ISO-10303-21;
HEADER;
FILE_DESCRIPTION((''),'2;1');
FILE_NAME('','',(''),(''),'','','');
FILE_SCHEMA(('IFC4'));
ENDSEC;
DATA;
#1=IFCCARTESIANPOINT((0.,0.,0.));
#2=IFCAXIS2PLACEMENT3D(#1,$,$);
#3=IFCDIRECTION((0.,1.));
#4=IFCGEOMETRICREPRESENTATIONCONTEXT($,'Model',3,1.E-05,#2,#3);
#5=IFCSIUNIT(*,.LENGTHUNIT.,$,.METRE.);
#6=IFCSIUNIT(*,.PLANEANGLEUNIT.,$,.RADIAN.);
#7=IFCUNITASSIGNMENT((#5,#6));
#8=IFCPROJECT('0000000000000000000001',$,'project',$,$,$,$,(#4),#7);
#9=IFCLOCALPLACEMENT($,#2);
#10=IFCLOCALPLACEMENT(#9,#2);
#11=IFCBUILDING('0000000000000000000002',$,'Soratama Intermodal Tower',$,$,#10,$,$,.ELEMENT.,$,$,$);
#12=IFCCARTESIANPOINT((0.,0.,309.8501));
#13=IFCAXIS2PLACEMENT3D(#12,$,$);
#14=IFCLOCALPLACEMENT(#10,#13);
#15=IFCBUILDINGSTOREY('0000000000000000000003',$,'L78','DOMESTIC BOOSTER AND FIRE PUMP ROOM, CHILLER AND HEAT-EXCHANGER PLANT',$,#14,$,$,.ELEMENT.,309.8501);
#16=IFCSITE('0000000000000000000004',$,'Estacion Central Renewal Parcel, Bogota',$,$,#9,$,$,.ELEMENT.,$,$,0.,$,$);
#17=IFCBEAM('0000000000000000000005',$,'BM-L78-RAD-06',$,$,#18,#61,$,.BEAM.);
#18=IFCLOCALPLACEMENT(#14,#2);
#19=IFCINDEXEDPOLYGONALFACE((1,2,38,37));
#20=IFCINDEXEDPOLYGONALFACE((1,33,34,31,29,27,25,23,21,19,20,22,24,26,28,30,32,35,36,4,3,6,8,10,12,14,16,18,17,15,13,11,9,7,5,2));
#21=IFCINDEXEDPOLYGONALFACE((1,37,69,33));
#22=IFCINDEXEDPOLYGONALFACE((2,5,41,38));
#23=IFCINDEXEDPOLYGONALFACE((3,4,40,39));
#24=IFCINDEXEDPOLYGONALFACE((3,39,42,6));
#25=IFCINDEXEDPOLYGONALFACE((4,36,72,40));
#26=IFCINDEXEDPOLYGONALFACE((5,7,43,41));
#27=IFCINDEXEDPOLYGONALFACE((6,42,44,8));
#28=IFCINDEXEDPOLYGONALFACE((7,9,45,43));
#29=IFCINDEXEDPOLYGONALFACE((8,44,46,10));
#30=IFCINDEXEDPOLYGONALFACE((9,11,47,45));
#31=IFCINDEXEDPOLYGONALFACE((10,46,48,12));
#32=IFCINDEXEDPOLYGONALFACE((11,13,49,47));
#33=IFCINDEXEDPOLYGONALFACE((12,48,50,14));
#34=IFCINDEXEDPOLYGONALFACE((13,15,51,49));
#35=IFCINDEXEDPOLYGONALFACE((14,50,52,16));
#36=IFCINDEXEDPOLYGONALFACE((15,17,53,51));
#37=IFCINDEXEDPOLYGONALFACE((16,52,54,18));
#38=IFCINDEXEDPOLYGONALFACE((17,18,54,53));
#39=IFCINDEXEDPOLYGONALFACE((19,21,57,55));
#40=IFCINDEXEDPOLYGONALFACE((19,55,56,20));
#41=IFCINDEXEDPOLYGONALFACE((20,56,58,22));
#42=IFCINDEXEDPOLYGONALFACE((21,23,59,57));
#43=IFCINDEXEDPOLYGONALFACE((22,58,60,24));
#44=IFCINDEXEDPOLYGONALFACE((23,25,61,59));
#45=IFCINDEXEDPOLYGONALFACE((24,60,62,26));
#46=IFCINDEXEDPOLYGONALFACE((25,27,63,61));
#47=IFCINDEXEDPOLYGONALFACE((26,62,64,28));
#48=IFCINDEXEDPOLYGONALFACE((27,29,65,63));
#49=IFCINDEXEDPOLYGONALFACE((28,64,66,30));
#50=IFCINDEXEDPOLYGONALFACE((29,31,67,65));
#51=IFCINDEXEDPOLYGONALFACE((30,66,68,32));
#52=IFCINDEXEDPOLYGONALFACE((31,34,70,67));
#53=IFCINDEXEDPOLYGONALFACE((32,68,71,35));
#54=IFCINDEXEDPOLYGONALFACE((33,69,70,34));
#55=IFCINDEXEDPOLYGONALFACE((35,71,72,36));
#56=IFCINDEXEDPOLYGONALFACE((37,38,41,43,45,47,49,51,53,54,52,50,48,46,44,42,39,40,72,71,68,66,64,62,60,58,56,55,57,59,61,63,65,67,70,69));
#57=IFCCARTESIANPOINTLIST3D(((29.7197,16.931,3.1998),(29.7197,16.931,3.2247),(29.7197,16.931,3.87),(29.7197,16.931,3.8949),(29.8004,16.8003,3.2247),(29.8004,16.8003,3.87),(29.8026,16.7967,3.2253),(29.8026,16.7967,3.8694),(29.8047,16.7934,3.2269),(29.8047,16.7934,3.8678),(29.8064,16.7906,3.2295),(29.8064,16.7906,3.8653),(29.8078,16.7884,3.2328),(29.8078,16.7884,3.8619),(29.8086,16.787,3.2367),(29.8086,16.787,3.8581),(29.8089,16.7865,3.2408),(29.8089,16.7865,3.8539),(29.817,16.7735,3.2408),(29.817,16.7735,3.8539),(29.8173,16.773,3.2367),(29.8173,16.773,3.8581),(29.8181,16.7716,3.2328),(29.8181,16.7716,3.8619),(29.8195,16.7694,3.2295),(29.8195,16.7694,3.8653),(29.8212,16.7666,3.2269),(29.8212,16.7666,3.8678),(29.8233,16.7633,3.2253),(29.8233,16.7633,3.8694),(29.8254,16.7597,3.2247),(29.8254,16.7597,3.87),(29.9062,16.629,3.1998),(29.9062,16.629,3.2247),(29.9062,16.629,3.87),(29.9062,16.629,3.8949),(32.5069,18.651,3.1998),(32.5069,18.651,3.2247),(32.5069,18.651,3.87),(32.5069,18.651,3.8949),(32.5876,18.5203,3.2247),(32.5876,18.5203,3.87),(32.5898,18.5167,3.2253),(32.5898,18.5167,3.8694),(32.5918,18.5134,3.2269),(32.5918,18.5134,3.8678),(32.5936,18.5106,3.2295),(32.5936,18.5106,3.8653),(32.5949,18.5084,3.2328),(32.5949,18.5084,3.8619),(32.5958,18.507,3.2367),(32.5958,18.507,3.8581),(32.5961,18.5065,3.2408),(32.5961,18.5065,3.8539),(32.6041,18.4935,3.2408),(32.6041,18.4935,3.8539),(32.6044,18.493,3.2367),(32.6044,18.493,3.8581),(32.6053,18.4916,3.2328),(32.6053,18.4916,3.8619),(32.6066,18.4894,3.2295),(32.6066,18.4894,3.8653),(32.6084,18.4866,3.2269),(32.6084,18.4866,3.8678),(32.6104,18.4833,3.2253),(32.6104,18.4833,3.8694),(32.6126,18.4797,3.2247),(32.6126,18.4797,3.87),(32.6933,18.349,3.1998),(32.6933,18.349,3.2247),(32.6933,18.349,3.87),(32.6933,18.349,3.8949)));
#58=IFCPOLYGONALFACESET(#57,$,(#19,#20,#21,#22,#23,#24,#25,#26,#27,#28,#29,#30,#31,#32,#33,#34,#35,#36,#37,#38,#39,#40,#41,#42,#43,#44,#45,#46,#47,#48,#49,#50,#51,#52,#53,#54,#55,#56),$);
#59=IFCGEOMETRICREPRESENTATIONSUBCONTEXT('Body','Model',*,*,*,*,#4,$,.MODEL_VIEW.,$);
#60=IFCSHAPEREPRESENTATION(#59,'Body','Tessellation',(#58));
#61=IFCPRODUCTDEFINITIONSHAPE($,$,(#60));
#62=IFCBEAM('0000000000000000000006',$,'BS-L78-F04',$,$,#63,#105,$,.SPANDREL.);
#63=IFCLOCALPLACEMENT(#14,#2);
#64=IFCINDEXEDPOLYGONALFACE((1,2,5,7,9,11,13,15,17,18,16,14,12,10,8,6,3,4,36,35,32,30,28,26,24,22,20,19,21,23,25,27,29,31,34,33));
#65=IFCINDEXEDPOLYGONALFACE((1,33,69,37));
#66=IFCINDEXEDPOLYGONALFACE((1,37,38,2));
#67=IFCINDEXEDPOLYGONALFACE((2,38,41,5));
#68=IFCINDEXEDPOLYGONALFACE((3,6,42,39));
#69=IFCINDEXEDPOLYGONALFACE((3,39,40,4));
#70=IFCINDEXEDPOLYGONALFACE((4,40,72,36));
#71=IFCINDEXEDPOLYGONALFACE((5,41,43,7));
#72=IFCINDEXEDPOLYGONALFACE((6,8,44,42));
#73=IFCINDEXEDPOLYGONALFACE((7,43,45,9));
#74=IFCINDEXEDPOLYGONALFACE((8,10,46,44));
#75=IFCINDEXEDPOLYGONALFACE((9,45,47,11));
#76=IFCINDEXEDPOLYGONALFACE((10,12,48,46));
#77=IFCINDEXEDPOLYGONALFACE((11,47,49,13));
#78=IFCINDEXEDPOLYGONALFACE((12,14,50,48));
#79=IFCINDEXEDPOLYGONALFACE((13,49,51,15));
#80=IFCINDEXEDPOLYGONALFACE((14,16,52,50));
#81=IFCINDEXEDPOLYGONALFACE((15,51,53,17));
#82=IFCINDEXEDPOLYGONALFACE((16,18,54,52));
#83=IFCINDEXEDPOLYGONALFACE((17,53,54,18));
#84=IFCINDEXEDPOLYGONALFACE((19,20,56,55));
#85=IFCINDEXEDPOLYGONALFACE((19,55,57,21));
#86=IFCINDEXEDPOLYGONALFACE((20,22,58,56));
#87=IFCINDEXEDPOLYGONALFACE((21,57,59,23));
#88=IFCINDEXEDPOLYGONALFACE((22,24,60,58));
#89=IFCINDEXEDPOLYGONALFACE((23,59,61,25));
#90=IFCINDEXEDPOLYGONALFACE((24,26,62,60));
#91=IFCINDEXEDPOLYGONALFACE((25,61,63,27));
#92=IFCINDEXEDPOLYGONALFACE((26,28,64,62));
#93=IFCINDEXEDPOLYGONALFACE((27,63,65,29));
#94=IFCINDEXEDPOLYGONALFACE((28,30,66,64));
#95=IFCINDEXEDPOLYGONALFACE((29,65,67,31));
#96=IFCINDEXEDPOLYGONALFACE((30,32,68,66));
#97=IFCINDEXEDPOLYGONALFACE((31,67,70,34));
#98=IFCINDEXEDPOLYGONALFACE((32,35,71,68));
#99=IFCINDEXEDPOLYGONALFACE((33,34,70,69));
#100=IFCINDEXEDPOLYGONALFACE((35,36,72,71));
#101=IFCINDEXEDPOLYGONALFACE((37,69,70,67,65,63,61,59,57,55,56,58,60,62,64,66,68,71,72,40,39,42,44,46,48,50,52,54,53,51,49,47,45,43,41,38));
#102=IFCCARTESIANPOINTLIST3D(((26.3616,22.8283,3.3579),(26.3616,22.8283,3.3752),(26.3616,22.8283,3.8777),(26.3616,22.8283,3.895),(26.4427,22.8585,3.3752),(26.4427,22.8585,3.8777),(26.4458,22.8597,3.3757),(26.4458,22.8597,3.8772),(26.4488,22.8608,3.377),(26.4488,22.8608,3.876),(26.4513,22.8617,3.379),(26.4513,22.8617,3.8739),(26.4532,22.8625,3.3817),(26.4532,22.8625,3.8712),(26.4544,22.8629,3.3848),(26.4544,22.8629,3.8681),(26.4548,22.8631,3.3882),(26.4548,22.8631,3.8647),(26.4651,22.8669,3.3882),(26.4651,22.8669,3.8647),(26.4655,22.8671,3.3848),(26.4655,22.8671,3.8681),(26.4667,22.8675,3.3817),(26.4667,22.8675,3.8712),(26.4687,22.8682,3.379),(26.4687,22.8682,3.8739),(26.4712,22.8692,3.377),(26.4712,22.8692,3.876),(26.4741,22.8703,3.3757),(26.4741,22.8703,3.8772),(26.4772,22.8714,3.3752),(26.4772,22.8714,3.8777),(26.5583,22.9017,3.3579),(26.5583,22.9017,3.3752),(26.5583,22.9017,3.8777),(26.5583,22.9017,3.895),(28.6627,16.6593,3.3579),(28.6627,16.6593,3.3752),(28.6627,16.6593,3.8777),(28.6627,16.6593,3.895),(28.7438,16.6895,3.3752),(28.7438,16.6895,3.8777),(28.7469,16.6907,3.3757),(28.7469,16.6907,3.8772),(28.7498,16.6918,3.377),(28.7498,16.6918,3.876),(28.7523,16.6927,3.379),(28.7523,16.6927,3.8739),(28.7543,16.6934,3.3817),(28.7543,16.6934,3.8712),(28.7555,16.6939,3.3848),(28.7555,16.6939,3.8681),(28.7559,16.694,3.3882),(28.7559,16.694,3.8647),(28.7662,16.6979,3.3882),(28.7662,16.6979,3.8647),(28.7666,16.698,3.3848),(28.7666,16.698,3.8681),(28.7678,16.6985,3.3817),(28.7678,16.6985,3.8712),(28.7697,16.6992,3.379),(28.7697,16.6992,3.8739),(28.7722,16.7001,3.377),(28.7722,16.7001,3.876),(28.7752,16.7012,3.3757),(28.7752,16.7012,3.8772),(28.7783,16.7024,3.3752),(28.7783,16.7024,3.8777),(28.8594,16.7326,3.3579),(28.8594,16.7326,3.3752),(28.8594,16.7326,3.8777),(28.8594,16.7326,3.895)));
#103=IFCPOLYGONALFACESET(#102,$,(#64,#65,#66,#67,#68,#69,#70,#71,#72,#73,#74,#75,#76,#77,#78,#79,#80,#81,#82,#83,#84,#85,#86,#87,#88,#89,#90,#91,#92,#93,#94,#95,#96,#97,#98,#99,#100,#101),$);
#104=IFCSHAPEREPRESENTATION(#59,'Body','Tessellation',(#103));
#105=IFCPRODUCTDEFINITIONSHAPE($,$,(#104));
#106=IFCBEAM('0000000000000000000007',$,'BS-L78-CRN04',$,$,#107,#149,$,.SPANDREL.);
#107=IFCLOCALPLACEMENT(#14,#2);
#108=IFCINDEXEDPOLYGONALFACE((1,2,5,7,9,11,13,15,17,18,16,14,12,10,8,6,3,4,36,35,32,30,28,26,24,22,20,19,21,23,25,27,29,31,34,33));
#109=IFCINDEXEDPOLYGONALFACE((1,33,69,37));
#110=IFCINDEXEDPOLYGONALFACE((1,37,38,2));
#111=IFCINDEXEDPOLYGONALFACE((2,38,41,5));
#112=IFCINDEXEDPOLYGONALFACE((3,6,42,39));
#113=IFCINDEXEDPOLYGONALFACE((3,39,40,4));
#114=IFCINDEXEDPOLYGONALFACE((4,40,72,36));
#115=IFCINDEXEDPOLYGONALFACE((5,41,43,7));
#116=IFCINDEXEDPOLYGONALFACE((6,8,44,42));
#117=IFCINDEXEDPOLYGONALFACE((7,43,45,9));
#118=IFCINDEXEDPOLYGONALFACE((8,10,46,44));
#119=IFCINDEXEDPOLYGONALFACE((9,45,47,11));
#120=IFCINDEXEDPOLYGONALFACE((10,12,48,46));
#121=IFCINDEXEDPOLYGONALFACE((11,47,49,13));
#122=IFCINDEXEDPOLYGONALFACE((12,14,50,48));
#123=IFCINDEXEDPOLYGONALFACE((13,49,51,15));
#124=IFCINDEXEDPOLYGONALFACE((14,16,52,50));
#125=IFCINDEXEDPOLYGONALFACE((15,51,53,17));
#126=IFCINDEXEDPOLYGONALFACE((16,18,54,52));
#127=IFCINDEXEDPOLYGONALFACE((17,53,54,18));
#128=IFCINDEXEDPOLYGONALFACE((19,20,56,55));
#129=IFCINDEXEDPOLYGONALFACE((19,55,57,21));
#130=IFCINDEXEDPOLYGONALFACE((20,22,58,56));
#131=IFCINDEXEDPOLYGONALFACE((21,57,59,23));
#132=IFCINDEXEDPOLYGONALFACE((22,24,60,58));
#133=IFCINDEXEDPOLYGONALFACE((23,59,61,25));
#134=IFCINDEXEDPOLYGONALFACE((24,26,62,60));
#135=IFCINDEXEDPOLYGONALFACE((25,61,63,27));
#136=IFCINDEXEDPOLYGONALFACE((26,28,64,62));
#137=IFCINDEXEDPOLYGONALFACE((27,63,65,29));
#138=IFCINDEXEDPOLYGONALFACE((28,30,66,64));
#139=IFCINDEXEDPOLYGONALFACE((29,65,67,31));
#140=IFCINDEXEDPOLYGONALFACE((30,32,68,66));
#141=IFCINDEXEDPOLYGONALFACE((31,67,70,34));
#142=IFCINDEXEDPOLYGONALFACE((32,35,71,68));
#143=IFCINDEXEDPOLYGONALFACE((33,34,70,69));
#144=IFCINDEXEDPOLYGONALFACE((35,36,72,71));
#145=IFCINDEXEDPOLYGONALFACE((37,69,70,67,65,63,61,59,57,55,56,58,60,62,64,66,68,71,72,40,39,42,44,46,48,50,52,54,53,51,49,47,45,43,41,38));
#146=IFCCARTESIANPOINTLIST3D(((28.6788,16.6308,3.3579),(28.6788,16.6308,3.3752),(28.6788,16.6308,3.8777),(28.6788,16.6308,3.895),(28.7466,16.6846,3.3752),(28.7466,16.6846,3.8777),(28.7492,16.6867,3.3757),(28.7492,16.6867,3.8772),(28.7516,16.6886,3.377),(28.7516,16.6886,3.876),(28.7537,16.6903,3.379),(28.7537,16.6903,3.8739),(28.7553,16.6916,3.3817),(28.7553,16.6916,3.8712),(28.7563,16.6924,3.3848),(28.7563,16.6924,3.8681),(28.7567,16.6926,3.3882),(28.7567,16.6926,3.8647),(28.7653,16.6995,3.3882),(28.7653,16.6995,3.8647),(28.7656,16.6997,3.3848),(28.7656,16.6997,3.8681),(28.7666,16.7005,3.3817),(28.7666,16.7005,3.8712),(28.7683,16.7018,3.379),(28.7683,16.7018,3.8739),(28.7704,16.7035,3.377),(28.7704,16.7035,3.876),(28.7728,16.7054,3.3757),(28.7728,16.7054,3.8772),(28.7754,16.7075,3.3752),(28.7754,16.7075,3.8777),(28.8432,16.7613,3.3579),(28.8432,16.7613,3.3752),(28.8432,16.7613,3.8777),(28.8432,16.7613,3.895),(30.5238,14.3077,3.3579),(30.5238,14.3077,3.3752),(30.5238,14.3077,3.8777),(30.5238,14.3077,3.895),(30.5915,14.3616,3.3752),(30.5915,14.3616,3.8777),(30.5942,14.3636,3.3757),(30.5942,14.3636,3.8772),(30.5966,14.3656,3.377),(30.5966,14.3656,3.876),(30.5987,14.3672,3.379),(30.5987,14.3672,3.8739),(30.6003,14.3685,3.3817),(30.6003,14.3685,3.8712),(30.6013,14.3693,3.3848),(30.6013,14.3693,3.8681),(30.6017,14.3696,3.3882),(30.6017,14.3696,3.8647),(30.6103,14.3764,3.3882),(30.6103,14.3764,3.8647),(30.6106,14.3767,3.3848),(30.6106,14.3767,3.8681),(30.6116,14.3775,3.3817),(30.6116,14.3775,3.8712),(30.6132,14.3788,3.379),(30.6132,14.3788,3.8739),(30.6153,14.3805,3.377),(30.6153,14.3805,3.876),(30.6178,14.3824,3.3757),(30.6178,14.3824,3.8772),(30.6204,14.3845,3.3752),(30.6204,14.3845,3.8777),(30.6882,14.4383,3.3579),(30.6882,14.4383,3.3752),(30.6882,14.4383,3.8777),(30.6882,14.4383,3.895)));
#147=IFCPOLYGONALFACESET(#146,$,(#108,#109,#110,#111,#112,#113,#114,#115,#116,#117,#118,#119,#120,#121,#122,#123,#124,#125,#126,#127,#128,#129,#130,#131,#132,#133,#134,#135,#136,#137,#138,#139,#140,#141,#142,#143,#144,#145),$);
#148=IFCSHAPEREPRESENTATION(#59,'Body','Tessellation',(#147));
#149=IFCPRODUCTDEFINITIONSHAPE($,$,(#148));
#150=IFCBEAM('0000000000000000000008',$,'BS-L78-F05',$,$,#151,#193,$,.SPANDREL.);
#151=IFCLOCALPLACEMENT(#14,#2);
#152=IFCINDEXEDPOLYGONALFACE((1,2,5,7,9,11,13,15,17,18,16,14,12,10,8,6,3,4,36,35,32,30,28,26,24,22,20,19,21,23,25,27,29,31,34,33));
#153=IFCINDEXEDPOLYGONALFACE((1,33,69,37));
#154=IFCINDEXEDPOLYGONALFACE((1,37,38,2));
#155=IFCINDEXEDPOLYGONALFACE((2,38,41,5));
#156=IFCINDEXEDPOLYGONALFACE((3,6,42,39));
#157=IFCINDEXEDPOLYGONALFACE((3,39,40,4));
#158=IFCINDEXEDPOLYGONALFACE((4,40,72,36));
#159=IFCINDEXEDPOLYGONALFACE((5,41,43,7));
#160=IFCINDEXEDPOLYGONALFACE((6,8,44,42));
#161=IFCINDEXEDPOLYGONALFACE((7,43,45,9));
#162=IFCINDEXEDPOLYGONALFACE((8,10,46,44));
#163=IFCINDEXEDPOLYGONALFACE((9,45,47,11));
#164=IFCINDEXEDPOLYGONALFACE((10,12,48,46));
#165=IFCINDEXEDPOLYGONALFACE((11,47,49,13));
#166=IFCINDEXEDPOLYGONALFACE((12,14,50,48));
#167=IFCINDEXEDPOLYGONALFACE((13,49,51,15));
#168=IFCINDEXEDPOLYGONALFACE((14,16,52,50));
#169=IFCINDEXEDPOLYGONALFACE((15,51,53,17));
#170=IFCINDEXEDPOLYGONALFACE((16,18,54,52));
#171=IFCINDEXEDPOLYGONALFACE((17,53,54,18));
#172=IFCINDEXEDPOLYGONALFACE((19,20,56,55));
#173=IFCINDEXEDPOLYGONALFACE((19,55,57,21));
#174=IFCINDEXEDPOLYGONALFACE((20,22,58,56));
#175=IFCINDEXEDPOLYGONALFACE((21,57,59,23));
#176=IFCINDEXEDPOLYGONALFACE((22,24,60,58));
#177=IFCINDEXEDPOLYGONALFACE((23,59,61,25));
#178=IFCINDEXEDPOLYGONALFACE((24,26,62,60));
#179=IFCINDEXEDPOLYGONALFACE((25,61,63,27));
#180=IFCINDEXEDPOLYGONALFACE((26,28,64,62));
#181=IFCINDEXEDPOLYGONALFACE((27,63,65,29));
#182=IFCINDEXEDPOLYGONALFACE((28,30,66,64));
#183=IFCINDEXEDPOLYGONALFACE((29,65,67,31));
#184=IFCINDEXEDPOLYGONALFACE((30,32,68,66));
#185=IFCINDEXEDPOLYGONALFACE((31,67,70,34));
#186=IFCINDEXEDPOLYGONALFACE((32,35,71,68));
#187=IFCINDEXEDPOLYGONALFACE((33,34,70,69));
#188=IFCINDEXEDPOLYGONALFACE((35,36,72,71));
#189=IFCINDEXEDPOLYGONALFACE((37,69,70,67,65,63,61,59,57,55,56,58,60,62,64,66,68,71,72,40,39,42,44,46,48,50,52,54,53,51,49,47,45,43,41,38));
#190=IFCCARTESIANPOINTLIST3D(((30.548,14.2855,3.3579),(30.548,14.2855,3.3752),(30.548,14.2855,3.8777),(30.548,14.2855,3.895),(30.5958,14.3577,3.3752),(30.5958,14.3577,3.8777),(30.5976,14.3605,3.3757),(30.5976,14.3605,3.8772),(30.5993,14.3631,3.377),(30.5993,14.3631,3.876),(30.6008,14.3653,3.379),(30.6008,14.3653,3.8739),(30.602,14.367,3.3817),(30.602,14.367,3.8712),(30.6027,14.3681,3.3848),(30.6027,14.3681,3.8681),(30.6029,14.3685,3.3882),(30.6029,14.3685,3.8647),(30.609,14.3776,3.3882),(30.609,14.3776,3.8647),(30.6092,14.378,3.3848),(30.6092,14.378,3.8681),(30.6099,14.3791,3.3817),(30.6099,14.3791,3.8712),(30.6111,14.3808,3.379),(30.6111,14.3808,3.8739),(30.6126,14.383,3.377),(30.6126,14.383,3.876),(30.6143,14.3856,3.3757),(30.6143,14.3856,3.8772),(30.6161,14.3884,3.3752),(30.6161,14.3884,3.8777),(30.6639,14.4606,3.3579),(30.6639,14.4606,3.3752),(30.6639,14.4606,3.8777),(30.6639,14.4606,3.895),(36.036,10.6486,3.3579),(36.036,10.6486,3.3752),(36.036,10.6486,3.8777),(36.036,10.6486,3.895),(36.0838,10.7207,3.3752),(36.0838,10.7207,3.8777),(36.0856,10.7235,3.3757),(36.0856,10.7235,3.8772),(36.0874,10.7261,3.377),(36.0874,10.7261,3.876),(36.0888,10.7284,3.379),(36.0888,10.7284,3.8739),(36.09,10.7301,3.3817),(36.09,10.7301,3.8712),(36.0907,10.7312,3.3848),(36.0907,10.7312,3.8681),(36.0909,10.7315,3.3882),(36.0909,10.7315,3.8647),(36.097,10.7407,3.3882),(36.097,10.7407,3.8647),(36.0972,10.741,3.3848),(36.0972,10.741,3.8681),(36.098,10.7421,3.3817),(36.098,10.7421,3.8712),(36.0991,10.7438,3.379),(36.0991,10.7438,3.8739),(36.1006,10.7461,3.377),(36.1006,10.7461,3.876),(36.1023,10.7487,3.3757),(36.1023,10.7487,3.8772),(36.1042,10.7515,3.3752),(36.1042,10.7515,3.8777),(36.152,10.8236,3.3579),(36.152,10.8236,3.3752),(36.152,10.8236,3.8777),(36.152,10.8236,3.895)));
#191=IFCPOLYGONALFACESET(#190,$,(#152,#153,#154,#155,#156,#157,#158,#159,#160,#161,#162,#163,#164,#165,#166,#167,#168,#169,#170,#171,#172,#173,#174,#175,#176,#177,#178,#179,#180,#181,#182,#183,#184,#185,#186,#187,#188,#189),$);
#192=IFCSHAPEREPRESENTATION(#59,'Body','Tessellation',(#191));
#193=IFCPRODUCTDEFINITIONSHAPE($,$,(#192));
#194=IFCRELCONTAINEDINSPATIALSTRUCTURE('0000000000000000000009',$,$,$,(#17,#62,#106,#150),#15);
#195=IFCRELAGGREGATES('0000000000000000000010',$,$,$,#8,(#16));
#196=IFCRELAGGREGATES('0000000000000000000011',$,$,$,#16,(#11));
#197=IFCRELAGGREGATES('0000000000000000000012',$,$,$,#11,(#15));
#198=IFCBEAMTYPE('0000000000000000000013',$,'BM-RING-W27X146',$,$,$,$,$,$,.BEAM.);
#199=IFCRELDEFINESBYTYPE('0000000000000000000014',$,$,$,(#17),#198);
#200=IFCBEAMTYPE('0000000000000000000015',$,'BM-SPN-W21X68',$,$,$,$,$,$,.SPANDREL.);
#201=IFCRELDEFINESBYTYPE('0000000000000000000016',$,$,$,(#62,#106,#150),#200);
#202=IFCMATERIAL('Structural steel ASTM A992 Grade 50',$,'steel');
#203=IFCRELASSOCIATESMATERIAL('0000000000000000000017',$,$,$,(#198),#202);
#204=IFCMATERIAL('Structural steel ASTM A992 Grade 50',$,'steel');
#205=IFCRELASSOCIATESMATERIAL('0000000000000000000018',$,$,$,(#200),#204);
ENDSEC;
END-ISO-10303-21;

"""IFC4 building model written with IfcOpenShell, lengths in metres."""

from ifc_helpers import new_model, si_unit, direction, frame, origin, origin_2d, place, context, subcontext, project, spatial, i_section, extrude, material, material_profile, profile_set, type_object, element, save


model = new_model("IFC4")

# Units and contexts
model_context = context("Model", 3, precision=1e-05, world=origin(), true_north=direction((0.0, 1.0)))
body_context = subcontext(model_context, "Body", "Model", "MODEL_VIEW")
ifc_project = project(units=[si_unit("LENGTHUNIT", "METRE"), si_unit("PLANEANGLEUNIT", "RADIAN")], contexts=[model_context])

# Site, building, storey
site_placement = place(None, origin())
site = spatial("IfcSite", under=ifc_project, at=site_placement, Name="Estacion Central Renewal Parcel, Bogota", CompositionType="ELEMENT", RefElevation=0.0)
building_placement = place(site_placement, origin())
building = spatial("IfcBuilding", under=site, at=building_placement, Name="Soratama Intermodal Tower", CompositionType="ELEMENT")
storey_placement = place(building_placement, frame((0.0, 0.0, 309.8501)))
storey = spatial("IfcBuildingStorey", under=building, at=storey_placement, Name="L78", Description="DOMESTIC BOOSTER AND FIRE PUMP ROOM, CHILLER AND HEAT-EXCHANGER PLANT", CompositionType="ELEMENT", Elevation=309.8501)

# Beams
ifc_material_1 = material(Name="Structural steel ASTM A992 Grade 50", Category="steel")
ifc_material_profile_1 = material_profile(ifc_material_1, i_section(OverallWidth=0.355, OverallDepth=0.6951, WebThickness=0.0154, FlangeThickness=0.0249, FilletRadius=0.0161, at=origin_2d()), Name="W27X146")
ifc_profile_set_1 = profile_set([ifc_material_profile_1], Name="Structural steel ASTM A992 Grade 50")
beam_type_1 = type_object("IfcBeamType", Name="BM-RING-W27X146", PredefinedType="BEAM", material=ifc_profile_set_1)
beam_1_placement = place(storey_placement, frame((32.6001, 18.5, 3.5474), z_axis=(-0.851, -0.525166, 0.0), x_axis=(0.525166, -0.851, 0.0)))
element("IfcBeam", 1, at=beam_1_placement, inside=storey, type_object=beam_type_1, Name="BM-L78-RAD-06", PredefinedType="BEAM", context=body_context, shape_type="SweptSolid", body=[
    extrude(i_section(OverallWidth=0.355, OverallDepth=0.6951, WebThickness=0.0154, FlangeThickness=0.0249, FilletRadius=0.0161, at=origin_2d()), origin(), (0.0, 0.0, 1.0), 3.2751),
])
ifc_material_2 = material(Name="Structural steel ASTM A992 Grade 50", Category="steel")
ifc_material_profile_2 = material_profile(ifc_material_2, i_section(OverallWidth=0.21, OverallDepth=0.5371, WebThickness=0.011, FlangeThickness=0.0173, FilletRadius=0.0129, at=origin_2d()), Name="W21X68")
ifc_profile_set_2 = profile_set([ifc_material_profile_2], Name="Structural steel ASTM A992 Grade 50")
beam_type_2 = type_object("IfcBeamType", Name="BM-SPN-W21X68", PredefinedType="SPANDREL", material=ifc_profile_set_2)
beam_2_placement = place(storey_placement, frame((26.46, 22.865, 3.6265), z_axis=(0.349481, -0.936943, 0.0), x_axis=(0.936943, 0.349481, 0.0)))
element("IfcBeam", 2, at=beam_2_placement, inside=storey, type_object=beam_type_2, Name="BS-L78-F04", PredefinedType="SPANDREL", context=body_context, shape_type="SweptSolid", body=[
    extrude(i_section(OverallWidth=0.21, OverallDepth=0.5371, WebThickness=0.011, FlangeThickness=0.0173, FilletRadius=0.0129, at=origin_2d()), origin(), (0.0, 0.0, 1.0), 6.5842),
])
beam_3_placement = place(storey_placement, frame((28.761, 16.696, 3.6265), z_axis=(0.621931, -0.783072, 0.0), x_axis=(0.783072, 0.621931, 0.0)))
element("IfcBeam", 3, at=beam_3_placement, inside=storey, type_object=beam_type_2, Name="BS-L78-CRN04", PredefinedType="SPANDREL", context=body_context, shape_type="SweptSolid", body=[
    extrude(i_section(OverallWidth=0.21, OverallDepth=0.5371, WebThickness=0.011, FlangeThickness=0.0173, FilletRadius=0.0129, at=origin_2d()), origin(), (0.0, 0.0, 1.0), 2.9666),
])
beam_4_placement = place(storey_placement, frame((30.606, 14.373, 3.6265), z_axis=(0.83357, -0.552413, 0.0), x_axis=(0.552413, 0.83357, 0.0)))
element("IfcBeam", 4, at=beam_4_placement, inside=storey, type_object=beam_type_2, Name="BS-L78-F05", PredefinedType="SPANDREL", context=body_context, shape_type="SweptSolid", body=[
    extrude(i_section(OverallWidth=0.21, OverallDepth=0.5371, WebThickness=0.011, FlangeThickness=0.0173, FilletRadius=0.0129, at=origin_2d()), origin(), (0.0, 0.0, 1.0), 6.5837),
])

save(model, "model.ifc")
